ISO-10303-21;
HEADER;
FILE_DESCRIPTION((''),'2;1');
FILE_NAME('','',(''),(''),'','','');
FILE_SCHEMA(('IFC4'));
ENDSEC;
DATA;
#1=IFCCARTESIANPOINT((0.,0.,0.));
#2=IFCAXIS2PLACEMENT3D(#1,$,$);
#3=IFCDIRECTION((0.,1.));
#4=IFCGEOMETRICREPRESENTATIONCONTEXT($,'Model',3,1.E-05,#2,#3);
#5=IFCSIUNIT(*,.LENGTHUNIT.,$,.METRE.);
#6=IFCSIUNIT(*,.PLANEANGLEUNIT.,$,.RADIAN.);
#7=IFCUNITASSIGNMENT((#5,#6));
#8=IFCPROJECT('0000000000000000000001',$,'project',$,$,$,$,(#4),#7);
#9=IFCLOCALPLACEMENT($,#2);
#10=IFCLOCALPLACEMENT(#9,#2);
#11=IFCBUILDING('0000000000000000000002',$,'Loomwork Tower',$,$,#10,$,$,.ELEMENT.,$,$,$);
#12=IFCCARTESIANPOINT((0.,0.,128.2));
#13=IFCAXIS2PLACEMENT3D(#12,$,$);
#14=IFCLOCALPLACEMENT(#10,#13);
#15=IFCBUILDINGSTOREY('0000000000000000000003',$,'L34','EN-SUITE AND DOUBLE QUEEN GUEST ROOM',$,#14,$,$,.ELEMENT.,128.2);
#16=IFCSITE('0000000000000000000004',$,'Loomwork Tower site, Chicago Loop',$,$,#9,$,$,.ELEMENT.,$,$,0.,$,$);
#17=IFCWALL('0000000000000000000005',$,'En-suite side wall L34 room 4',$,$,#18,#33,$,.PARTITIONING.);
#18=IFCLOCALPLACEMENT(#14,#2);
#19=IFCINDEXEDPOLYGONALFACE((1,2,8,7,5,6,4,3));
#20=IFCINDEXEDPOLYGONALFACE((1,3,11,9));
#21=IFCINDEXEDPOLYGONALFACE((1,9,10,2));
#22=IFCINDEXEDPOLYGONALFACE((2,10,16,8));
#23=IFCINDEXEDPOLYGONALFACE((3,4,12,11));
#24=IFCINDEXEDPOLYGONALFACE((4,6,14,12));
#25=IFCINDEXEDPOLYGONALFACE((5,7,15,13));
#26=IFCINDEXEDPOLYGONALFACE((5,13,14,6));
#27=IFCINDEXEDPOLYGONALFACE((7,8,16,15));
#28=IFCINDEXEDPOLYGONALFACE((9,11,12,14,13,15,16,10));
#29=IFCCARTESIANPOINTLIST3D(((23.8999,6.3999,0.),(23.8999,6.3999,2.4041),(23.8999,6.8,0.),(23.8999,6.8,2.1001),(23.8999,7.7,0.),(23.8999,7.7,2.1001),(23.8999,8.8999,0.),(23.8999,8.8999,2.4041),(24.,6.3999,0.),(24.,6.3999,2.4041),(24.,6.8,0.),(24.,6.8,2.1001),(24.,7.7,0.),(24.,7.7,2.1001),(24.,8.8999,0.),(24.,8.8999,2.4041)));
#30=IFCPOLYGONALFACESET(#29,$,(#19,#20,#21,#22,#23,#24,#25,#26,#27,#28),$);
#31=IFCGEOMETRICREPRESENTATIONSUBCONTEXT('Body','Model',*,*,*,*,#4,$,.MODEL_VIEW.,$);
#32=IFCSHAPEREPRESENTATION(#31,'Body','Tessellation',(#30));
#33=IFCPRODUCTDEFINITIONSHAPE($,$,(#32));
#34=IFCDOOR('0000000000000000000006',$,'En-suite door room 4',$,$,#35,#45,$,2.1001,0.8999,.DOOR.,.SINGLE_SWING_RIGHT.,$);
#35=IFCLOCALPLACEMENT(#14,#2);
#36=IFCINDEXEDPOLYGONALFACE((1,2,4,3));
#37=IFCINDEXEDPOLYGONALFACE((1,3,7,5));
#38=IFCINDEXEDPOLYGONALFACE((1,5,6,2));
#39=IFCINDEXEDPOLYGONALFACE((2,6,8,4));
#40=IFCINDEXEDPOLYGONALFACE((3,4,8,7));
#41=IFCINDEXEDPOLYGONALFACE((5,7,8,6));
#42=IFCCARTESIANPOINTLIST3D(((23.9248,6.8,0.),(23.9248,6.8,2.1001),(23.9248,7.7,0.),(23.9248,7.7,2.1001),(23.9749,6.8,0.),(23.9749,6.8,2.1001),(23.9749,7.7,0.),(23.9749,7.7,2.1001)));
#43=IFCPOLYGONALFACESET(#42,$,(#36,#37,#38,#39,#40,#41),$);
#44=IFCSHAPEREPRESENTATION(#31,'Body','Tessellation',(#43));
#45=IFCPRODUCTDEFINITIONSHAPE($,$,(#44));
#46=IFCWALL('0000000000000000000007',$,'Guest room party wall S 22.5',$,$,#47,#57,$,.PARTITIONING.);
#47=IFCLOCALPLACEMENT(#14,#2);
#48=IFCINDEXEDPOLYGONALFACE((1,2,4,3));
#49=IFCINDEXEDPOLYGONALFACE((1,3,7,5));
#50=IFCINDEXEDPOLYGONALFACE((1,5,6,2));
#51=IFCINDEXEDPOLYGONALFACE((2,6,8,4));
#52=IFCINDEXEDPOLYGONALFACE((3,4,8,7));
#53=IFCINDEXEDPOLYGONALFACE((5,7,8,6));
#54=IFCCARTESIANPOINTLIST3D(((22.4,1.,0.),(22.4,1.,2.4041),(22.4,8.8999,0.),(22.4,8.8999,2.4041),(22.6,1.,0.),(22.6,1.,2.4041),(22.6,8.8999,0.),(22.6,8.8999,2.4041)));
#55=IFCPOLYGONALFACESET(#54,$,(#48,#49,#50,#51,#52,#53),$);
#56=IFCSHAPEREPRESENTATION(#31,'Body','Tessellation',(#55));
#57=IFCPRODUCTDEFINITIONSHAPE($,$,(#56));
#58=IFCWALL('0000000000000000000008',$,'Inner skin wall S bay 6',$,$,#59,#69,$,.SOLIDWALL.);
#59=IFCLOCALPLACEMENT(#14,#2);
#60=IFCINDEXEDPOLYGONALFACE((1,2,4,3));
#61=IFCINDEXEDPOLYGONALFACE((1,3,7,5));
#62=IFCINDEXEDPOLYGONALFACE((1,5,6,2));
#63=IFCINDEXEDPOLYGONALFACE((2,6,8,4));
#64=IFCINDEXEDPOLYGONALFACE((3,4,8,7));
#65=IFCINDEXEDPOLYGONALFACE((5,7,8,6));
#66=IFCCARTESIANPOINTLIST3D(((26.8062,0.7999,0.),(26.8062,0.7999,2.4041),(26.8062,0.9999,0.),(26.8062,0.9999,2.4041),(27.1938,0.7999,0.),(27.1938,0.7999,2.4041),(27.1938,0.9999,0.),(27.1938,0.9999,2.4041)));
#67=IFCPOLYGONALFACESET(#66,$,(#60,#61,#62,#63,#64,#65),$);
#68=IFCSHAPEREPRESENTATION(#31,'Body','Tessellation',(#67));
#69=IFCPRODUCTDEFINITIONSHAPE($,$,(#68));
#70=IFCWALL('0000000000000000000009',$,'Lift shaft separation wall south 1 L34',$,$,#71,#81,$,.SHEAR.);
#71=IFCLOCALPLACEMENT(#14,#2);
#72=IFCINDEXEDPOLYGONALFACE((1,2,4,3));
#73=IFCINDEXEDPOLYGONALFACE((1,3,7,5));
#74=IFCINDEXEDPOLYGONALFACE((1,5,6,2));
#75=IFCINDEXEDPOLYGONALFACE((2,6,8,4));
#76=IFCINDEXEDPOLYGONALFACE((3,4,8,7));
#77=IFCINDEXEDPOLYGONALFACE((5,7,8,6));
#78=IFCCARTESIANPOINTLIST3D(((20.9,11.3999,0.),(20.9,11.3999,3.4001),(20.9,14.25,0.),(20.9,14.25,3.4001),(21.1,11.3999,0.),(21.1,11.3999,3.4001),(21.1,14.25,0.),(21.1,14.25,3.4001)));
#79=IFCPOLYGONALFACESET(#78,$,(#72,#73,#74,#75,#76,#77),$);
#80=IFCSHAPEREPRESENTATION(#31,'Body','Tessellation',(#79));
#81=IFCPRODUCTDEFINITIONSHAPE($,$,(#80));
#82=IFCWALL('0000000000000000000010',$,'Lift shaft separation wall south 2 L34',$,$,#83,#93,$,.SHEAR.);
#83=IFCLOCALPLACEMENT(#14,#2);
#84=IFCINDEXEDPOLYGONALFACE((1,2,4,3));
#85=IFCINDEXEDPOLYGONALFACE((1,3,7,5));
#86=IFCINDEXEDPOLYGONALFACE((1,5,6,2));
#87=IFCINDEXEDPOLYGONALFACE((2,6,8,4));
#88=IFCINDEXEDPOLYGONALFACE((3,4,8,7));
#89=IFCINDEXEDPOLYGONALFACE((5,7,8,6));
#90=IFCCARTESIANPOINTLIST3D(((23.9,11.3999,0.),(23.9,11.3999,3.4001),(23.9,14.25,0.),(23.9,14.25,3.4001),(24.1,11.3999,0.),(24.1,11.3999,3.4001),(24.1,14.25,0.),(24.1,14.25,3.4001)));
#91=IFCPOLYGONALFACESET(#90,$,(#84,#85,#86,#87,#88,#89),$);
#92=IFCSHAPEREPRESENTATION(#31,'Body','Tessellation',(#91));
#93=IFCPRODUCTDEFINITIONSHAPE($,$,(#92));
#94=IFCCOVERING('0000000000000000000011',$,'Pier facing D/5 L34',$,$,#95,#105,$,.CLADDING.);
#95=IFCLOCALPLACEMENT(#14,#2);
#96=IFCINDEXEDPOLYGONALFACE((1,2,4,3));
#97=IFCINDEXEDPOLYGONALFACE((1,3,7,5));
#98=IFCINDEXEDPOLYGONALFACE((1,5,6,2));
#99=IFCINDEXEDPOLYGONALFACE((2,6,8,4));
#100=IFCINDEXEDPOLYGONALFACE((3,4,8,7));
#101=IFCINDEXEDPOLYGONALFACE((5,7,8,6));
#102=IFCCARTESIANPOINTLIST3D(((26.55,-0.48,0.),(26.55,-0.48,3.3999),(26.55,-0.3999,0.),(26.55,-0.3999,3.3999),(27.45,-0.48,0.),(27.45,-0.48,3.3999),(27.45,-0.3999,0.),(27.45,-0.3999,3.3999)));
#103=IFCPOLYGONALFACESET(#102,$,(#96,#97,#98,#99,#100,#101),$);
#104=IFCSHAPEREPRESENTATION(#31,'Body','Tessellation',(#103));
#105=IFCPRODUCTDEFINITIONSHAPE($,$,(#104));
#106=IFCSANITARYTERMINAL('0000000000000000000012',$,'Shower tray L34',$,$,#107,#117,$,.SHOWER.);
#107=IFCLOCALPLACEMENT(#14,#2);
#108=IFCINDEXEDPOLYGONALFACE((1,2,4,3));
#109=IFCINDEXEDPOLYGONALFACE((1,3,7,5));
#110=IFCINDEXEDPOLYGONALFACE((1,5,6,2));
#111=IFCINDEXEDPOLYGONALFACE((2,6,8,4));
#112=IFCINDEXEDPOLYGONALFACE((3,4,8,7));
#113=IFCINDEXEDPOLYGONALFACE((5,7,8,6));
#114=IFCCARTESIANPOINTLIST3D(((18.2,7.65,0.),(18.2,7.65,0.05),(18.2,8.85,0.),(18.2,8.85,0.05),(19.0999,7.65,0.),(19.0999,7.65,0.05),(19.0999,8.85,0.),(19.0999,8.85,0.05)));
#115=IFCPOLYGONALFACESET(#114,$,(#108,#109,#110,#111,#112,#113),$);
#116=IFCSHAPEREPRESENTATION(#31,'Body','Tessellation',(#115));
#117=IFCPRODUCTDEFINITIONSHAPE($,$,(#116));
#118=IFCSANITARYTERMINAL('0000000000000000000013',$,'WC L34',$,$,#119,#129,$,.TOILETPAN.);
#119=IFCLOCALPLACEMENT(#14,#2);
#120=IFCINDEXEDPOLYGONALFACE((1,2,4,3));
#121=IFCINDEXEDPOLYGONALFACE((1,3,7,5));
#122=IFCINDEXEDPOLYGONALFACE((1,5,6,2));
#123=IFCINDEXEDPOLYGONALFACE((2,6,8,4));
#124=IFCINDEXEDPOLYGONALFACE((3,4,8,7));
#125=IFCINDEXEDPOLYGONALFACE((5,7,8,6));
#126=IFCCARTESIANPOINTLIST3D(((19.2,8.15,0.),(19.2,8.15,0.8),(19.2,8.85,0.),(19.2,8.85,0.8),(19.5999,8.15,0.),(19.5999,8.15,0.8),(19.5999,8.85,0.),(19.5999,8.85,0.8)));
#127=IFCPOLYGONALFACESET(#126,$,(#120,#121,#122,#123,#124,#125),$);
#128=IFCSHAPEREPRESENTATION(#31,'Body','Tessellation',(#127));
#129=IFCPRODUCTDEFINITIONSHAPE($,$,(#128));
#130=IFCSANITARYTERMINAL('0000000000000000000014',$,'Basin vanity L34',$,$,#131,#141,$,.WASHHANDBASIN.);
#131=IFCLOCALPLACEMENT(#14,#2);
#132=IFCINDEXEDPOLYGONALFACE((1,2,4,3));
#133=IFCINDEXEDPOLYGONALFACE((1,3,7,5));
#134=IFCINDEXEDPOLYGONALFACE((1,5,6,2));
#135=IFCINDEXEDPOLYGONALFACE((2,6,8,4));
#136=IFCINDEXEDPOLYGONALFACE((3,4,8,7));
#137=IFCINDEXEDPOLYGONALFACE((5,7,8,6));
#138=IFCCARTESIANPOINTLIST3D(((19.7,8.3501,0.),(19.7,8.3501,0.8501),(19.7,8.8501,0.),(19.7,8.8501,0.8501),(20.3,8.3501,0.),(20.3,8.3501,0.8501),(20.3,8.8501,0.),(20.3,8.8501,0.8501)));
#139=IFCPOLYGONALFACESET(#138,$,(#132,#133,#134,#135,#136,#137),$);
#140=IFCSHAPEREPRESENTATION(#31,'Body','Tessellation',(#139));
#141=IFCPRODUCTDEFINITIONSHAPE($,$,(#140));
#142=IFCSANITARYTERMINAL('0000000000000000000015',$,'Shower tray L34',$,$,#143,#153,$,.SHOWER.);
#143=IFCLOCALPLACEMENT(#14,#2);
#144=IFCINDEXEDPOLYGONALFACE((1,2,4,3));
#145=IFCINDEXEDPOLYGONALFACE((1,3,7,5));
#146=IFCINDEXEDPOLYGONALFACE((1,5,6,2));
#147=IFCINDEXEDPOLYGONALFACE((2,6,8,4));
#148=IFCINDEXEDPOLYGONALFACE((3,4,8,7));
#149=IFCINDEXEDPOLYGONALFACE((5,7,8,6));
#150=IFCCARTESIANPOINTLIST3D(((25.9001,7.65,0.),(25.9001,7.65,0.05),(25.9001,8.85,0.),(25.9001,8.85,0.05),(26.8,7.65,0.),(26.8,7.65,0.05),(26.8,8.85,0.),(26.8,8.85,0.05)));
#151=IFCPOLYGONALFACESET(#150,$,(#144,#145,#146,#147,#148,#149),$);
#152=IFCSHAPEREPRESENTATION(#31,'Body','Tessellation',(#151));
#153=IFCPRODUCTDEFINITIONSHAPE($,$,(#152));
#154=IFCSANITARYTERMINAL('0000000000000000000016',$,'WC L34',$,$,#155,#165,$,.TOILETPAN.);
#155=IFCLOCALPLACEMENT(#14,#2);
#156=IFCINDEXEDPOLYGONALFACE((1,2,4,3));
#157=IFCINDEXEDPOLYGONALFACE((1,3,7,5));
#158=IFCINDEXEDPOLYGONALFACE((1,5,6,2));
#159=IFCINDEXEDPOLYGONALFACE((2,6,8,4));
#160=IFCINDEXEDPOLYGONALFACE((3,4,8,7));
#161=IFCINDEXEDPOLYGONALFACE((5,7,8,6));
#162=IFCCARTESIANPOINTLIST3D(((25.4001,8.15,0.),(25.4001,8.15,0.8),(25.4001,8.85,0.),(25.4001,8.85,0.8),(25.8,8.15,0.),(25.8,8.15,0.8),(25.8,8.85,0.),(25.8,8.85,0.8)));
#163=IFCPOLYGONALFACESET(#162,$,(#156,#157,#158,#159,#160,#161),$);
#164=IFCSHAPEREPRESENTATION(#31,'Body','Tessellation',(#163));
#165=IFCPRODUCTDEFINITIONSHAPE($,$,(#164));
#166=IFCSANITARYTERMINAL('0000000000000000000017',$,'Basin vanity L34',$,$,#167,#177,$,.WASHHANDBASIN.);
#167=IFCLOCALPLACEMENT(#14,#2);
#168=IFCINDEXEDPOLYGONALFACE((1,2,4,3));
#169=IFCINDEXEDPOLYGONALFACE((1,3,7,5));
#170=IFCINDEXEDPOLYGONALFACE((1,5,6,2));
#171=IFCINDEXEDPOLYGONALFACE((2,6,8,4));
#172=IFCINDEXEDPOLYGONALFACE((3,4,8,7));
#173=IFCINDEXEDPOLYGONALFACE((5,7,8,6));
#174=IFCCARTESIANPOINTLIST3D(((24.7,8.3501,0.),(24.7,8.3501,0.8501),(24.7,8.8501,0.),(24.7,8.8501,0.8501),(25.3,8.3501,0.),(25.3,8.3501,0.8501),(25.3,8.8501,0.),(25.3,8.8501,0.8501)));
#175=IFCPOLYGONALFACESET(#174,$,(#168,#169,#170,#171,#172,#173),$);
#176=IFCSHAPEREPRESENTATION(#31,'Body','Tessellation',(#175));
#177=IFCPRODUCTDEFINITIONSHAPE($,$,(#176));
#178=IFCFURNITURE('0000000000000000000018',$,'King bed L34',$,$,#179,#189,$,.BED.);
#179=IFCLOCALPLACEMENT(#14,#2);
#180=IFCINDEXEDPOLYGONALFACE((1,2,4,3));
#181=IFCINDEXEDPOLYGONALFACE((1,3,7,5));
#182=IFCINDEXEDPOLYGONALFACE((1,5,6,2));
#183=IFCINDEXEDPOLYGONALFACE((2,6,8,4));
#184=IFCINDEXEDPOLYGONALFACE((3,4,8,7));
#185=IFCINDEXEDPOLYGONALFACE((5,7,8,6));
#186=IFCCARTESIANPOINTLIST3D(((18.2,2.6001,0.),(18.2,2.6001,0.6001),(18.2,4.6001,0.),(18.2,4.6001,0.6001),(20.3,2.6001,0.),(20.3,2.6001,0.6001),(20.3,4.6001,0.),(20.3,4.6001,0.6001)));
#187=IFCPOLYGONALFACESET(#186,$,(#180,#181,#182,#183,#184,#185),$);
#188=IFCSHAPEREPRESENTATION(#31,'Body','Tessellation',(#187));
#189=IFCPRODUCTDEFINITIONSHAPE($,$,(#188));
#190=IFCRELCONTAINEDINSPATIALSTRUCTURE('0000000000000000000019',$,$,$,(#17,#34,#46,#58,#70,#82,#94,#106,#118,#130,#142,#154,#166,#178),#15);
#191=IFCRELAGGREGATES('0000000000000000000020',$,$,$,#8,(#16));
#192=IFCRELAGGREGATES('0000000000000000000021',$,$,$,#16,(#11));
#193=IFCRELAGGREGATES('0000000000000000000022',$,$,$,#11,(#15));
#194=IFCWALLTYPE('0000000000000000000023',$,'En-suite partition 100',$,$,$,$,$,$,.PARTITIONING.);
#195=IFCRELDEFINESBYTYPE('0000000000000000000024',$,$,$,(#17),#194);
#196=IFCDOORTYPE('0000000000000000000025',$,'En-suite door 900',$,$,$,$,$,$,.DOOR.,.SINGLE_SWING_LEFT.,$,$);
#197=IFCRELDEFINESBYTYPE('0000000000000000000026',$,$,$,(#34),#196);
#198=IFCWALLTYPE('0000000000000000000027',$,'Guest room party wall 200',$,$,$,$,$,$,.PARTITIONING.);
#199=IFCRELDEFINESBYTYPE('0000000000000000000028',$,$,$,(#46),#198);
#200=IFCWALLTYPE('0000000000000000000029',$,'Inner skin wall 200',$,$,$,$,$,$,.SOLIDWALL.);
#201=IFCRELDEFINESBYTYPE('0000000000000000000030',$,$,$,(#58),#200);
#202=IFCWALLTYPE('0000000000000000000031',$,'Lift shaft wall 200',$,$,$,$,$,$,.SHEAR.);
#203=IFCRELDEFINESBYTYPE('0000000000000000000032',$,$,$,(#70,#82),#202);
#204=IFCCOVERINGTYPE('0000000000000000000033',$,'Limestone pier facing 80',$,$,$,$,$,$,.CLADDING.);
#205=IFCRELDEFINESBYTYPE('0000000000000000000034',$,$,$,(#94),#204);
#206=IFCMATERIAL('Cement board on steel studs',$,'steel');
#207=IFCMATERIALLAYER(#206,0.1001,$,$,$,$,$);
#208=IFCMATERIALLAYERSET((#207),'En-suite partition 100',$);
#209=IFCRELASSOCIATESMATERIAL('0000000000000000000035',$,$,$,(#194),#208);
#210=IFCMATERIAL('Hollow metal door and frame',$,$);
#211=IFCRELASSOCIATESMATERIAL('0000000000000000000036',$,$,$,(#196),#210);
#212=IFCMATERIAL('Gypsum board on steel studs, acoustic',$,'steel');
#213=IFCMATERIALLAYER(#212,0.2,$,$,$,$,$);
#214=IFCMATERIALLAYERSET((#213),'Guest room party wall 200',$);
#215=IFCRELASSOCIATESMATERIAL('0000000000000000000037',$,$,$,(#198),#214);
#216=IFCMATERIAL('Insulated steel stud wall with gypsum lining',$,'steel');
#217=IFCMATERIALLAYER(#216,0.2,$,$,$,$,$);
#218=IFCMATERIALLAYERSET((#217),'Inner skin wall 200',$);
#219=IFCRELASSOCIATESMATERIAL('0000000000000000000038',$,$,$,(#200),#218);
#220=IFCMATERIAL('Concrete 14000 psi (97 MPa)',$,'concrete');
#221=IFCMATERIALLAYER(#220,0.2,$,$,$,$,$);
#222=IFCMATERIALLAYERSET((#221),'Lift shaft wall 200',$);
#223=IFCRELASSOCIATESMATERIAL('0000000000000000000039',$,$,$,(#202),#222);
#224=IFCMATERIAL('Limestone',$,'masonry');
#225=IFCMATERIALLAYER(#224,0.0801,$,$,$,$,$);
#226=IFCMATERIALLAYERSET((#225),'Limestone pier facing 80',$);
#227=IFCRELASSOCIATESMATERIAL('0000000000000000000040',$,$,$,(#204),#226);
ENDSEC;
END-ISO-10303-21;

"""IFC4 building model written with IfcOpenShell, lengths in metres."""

from ifc_helpers import new_model, si_unit, direction, frame, frame_2d, origin, origin_2d, place, context, subcontext, project, spatial, rectangle, extrude, material, layer, layer_set, type_object, element, fill, save


model = new_model("IFC4")

# Units and contexts
model_context = context("Model", 3, precision=1e-05, world=origin(), true_north=direction((0.0, 1.0)))
body_context = subcontext(model_context, "Body", "Model", "MODEL_VIEW")
ifc_project = project(units=[si_unit("LENGTHUNIT", "METRE"), si_unit("PLANEANGLEUNIT", "RADIAN")], contexts=[model_context])

# Site, building, storey
site_placement = place(None, origin())
site = spatial("IfcSite", under=ifc_project, at=site_placement, Name="Loomwork Tower site, Chicago Loop", CompositionType="ELEMENT", RefElevation=0.0)
building_placement = place(site_placement, origin())
building = spatial("IfcBuilding", under=site, at=building_placement, Name="Loomwork Tower", CompositionType="ELEMENT")
storey_placement = place(building_placement, frame((0.0, 0.0, 128.2)))
storey = spatial("IfcBuildingStorey", under=building, at=storey_placement, Name="L34", Description="EN-SUITE AND DOUBLE QUEEN GUEST ROOM", CompositionType="ELEMENT", Elevation=128.2)

# Shared definitions
ifc_material_1 = material(Name="Cement board on steel studs", Category="steel")
ifc_layer_1 = layer(ifc_material_1, 0.1001)
ifc_layer_set_1 = layer_set([ifc_layer_1], Name="En-suite partition 100")
wall_type_1 = type_object("IfcWallType", Name="En-suite partition 100", PredefinedType="PARTITIONING", material=ifc_layer_set_1)
ifc_material_2 = material(Name="Hollow metal door and frame")
door_type = type_object("IfcDoorType", Name="En-suite door 900", OperationType="SINGLE_SWING_LEFT", PredefinedType="DOOR", material=ifc_material_2)

# Wall, opening, door
wall_1_placement = place(storey_placement, frame((23.95, 8.8999, 0.0), z_axis=(0.0, 0.0, 1.0), x_axis=(0.0, -1.0, 0.0)))
wall_1 = element("IfcWall", 1, at=wall_1_placement, inside=storey, type_object=wall_type_1, Name="En-suite side wall L34 room 4", PredefinedType="PARTITIONING", context=body_context, shape_type="SweptSolid", body=[
    extrude(rectangle(XDim=2.5, YDim=0.1001, at=frame_2d((1.25, 0.0))), origin(), (0.0, 0.0, 1.0), 2.4041),
])
opening_1_placement = place(wall_1_placement, frame((1.2, 0.0, 0.0)))
opening_1 = element("IfcOpeningElement", 2, at=opening_1_placement, cuts=wall_1, PredefinedType="OPENING", context=body_context, shape_type="SweptSolid", body=[
    extrude(rectangle(XDim=0.8999, YDim=2.1001, at=frame_2d((0.45, 1.05))), frame((0.0, 0.0601, 0.0), z_axis=(0.0, -1.0, 0.0), x_axis=(1.0, 0.0, 0.0)), (0.0, 0.0, 1.0), 0.1201),
])
door_1_placement = place(opening_1_placement, origin())
door_1 = element("IfcDoor", 3, at=door_1_placement, inside=storey, type_object=door_type, Name="En-suite door room 4", OperationType="SINGLE_SWING_RIGHT", OverallHeight=2.1001, OverallWidth=0.8999, PredefinedType="DOOR", context=body_context, shape_type="SweptSolid", body=[
    extrude(rectangle(XDim=0.8999, YDim=2.1001, at=frame_2d((0.45, 1.05))), frame((0.0, 0.0249, 0.0), z_axis=(0.0, -1.0, 0.0), x_axis=(1.0, 0.0, 0.0)), (0.0, 0.0, 1.0), 0.05),
])
fill(opening_1, door_1)

# Walls
ifc_material_3 = material(Name="Gypsum board on steel studs, acoustic", Category="steel")
ifc_layer_2 = layer(ifc_material_3, 0.2)
ifc_layer_set_2 = layer_set([ifc_layer_2], Name="Guest room party wall 200")
wall_type_2 = type_object("IfcWallType", Name="Guest room party wall 200", PredefinedType="PARTITIONING", material=ifc_layer_set_2)
wall_2_placement = place(storey_placement, frame((22.5, 8.8999, 0.0), z_axis=(0.0, 0.0, 1.0), x_axis=(0.0, -1.0, 0.0)))
element("IfcWall", 4, at=wall_2_placement, inside=storey, type_object=wall_type_2, Name="Guest room party wall S 22.5", PredefinedType="PARTITIONING", context=body_context, shape_type="SweptSolid", body=[
    extrude(rectangle(XDim=7.8999, YDim=0.2, at=frame_2d((3.95, 0.0))), origin(), (0.0, 0.0, 1.0), 2.4041),
])
ifc_material_4 = material(Name="Insulated steel stud wall with gypsum lining", Category="steel")
ifc_layer_3 = layer(ifc_material_4, 0.2)
ifc_layer_set_3 = layer_set([ifc_layer_3], Name="Inner skin wall 200")
wall_type_3 = type_object("IfcWallType", Name="Inner skin wall 200", PredefinedType="SOLIDWALL", material=ifc_layer_set_3)
wall_3_placement = place(storey_placement, frame((26.8062, 0.8999, 0.0), z_axis=(0.0, 0.0, 1.0), x_axis=(1.0, 0.0, 0.0)))
element("IfcWall", 5, at=wall_3_placement, inside=storey, type_object=wall_type_3, Name="Inner skin wall S bay 6", PredefinedType="SOLIDWALL", context=body_context, shape_type="SweptSolid", body=[
    extrude(rectangle(XDim=0.3877, YDim=0.2, at=frame_2d((0.1938, 0.0))), origin(), (0.0, 0.0, 1.0), 2.4041),
])
ifc_material_5 = material(Name="Concrete 14000 psi (97 MPa)", Category="concrete")
ifc_layer_4 = layer(ifc_material_5, 0.2)
ifc_layer_set_4 = layer_set([ifc_layer_4], Name="Lift shaft wall 200")
wall_type_4 = type_object("IfcWallType", Name="Lift shaft wall 200", PredefinedType="SHEAR", material=ifc_layer_set_4)
for number, where, z_axis, x_axis, name in (
    (6, (21.0, 11.3999, 0.0), (0.0, 0.0, 1.0), (0.0, 1.0, 0.0), "Lift shaft separation wall south 1 L34"),
    (7, (24.0, 11.3999, 0.0), (0.0, 0.0, 1.0), (0.0, 1.0, 0.0), "Lift shaft separation wall south 2 L34"),
):
    element("IfcWall", number, at=place(storey_placement, frame(where, z_axis=z_axis, x_axis=x_axis)), inside=storey, type_object=wall_type_4, Name=name, PredefinedType="SHEAR", context=body_context, shape_type="SweptSolid", body=[
        extrude(rectangle(XDim=2.8501, YDim=0.2, at=frame_2d((1.425, 0.0))), origin(), (0.0, 0.0, 1.0), 3.4001),
    ])

# Covering
ifc_material_6 = material(Name="Limestone", Category="masonry")
ifc_layer_5 = layer(ifc_material_6, 0.0801)
ifc_layer_set_5 = layer_set([ifc_layer_5], Name="Limestone pier facing 80")
covering_type = type_object("IfcCoveringType", Name="Limestone pier facing 80", PredefinedType="CLADDING", material=ifc_layer_set_5)
covering_placement = place(storey_placement, frame((27.0, -0.4399, 0.0), z_axis=(0.0, 0.0, 1.0), x_axis=(1.0, 0.0, 0.0)))
element("IfcCovering", 8, at=covering_placement, inside=storey, type_object=covering_type, Name="Pier facing D/5 L34", PredefinedType="CLADDING", context=body_context, shape_type="SweptSolid", body=[
    extrude(rectangle(XDim=0.8999, YDim=0.0801, at=origin_2d()), origin(), (0.0, 0.0, 1.0), 3.3999),
])

# Sanitary terminals
sanitary_terminal_1_placement = place(storey_placement, frame((18.6499, 8.25, 0.0), z_axis=(0.0, 0.0, 1.0), x_axis=(1.0, 0.0, 0.0)))
element("IfcSanitaryTerminal", 9, at=sanitary_terminal_1_placement, inside=storey, Name="Shower tray L34", PredefinedType="SHOWER", context=body_context, shape_type="SweptSolid", body=[
    extrude(rectangle(XDim=0.8999, YDim=1.2, at=origin_2d()), origin(), (0.0, 0.0, 1.0), 0.05),
])
sanitary_terminal_2_placement = place(storey_placement, frame((19.3999, 8.5, 0.0), z_axis=(0.0, 0.0, 1.0), x_axis=(1.0, 0.0, 0.0)))
element("IfcSanitaryTerminal", 10, at=sanitary_terminal_2_placement, inside=storey, Name="WC L34", PredefinedType="TOILETPAN", context=body_context, shape_type="SweptSolid", body=[
    extrude(rectangle(XDim=0.3999, YDim=0.7, at=origin_2d()), origin(), (0.0, 0.0, 1.0), 0.8),
])
sanitary_terminal_3_placement = place(storey_placement, frame((20.0, 8.6001, 0.0), z_axis=(0.0, 0.0, 1.0), x_axis=(1.0, 0.0, 0.0)))
element("IfcSanitaryTerminal", 11, at=sanitary_terminal_3_placement, inside=storey, Name="Basin vanity L34", PredefinedType="WASHHANDBASIN", context=body_context, shape_type="SweptSolid", body=[
    extrude(rectangle(XDim=0.6001, YDim=0.5, at=origin_2d()), origin(), (0.0, 0.0, 1.0), 0.8501),
])
sanitary_terminal_4_placement = place(storey_placement, frame((26.3501, 8.25, 0.0), z_axis=(0.0, 0.0, 1.0), x_axis=(1.0, 0.0, 0.0)))
element("IfcSanitaryTerminal", 12, at=sanitary_terminal_4_placement, inside=storey, Name="Shower tray L34", PredefinedType="SHOWER", context=body_context, shape_type="SweptSolid", body=[
    extrude(rectangle(XDim=0.8999, YDim=1.2, at=origin_2d()), origin(), (0.0, 0.0, 1.0), 0.05),
])
sanitary_terminal_5_placement = place(storey_placement, frame((25.6001, 8.5, 0.0), z_axis=(0.0, 0.0, 1.0), x_axis=(1.0, 0.0, 0.0)))
element("IfcSanitaryTerminal", 13, at=sanitary_terminal_5_placement, inside=storey, Name="WC L34", PredefinedType="TOILETPAN", context=body_context, shape_type="SweptSolid", body=[
    extrude(rectangle(XDim=0.3999, YDim=0.7, at=origin_2d()), origin(), (0.0, 0.0, 1.0), 0.8),
])
sanitary_terminal_6_placement = place(storey_placement, frame((25.0, 8.6001, 0.0), z_axis=(0.0, 0.0, 1.0), x_axis=(1.0, 0.0, 0.0)))
element("IfcSanitaryTerminal", 14, at=sanitary_terminal_6_placement, inside=storey, Name="Basin vanity L34", PredefinedType="WASHHANDBASIN", context=body_context, shape_type="SweptSolid", body=[
    extrude(rectangle(XDim=0.6001, YDim=0.5, at=origin_2d()), origin(), (0.0, 0.0, 1.0), 0.8501),
])

# Furniture
furniture_1_placement = place(storey_placement, frame((19.25, 3.6001, 0.0), z_axis=(0.0, 0.0, 1.0), x_axis=(1.0, 0.0, 0.0)))
element("IfcFurniture", 15, at=furniture_1_placement, inside=storey, Name="King bed L34", PredefinedType="BED", context=body_context, shape_type="SweptSolid", body=[
    extrude(rectangle(XDim=2.1001, YDim=2.0, at=origin_2d()), origin(), (0.0, 0.0, 1.0), 0.6001),
])

save(model, "model.ifc")
